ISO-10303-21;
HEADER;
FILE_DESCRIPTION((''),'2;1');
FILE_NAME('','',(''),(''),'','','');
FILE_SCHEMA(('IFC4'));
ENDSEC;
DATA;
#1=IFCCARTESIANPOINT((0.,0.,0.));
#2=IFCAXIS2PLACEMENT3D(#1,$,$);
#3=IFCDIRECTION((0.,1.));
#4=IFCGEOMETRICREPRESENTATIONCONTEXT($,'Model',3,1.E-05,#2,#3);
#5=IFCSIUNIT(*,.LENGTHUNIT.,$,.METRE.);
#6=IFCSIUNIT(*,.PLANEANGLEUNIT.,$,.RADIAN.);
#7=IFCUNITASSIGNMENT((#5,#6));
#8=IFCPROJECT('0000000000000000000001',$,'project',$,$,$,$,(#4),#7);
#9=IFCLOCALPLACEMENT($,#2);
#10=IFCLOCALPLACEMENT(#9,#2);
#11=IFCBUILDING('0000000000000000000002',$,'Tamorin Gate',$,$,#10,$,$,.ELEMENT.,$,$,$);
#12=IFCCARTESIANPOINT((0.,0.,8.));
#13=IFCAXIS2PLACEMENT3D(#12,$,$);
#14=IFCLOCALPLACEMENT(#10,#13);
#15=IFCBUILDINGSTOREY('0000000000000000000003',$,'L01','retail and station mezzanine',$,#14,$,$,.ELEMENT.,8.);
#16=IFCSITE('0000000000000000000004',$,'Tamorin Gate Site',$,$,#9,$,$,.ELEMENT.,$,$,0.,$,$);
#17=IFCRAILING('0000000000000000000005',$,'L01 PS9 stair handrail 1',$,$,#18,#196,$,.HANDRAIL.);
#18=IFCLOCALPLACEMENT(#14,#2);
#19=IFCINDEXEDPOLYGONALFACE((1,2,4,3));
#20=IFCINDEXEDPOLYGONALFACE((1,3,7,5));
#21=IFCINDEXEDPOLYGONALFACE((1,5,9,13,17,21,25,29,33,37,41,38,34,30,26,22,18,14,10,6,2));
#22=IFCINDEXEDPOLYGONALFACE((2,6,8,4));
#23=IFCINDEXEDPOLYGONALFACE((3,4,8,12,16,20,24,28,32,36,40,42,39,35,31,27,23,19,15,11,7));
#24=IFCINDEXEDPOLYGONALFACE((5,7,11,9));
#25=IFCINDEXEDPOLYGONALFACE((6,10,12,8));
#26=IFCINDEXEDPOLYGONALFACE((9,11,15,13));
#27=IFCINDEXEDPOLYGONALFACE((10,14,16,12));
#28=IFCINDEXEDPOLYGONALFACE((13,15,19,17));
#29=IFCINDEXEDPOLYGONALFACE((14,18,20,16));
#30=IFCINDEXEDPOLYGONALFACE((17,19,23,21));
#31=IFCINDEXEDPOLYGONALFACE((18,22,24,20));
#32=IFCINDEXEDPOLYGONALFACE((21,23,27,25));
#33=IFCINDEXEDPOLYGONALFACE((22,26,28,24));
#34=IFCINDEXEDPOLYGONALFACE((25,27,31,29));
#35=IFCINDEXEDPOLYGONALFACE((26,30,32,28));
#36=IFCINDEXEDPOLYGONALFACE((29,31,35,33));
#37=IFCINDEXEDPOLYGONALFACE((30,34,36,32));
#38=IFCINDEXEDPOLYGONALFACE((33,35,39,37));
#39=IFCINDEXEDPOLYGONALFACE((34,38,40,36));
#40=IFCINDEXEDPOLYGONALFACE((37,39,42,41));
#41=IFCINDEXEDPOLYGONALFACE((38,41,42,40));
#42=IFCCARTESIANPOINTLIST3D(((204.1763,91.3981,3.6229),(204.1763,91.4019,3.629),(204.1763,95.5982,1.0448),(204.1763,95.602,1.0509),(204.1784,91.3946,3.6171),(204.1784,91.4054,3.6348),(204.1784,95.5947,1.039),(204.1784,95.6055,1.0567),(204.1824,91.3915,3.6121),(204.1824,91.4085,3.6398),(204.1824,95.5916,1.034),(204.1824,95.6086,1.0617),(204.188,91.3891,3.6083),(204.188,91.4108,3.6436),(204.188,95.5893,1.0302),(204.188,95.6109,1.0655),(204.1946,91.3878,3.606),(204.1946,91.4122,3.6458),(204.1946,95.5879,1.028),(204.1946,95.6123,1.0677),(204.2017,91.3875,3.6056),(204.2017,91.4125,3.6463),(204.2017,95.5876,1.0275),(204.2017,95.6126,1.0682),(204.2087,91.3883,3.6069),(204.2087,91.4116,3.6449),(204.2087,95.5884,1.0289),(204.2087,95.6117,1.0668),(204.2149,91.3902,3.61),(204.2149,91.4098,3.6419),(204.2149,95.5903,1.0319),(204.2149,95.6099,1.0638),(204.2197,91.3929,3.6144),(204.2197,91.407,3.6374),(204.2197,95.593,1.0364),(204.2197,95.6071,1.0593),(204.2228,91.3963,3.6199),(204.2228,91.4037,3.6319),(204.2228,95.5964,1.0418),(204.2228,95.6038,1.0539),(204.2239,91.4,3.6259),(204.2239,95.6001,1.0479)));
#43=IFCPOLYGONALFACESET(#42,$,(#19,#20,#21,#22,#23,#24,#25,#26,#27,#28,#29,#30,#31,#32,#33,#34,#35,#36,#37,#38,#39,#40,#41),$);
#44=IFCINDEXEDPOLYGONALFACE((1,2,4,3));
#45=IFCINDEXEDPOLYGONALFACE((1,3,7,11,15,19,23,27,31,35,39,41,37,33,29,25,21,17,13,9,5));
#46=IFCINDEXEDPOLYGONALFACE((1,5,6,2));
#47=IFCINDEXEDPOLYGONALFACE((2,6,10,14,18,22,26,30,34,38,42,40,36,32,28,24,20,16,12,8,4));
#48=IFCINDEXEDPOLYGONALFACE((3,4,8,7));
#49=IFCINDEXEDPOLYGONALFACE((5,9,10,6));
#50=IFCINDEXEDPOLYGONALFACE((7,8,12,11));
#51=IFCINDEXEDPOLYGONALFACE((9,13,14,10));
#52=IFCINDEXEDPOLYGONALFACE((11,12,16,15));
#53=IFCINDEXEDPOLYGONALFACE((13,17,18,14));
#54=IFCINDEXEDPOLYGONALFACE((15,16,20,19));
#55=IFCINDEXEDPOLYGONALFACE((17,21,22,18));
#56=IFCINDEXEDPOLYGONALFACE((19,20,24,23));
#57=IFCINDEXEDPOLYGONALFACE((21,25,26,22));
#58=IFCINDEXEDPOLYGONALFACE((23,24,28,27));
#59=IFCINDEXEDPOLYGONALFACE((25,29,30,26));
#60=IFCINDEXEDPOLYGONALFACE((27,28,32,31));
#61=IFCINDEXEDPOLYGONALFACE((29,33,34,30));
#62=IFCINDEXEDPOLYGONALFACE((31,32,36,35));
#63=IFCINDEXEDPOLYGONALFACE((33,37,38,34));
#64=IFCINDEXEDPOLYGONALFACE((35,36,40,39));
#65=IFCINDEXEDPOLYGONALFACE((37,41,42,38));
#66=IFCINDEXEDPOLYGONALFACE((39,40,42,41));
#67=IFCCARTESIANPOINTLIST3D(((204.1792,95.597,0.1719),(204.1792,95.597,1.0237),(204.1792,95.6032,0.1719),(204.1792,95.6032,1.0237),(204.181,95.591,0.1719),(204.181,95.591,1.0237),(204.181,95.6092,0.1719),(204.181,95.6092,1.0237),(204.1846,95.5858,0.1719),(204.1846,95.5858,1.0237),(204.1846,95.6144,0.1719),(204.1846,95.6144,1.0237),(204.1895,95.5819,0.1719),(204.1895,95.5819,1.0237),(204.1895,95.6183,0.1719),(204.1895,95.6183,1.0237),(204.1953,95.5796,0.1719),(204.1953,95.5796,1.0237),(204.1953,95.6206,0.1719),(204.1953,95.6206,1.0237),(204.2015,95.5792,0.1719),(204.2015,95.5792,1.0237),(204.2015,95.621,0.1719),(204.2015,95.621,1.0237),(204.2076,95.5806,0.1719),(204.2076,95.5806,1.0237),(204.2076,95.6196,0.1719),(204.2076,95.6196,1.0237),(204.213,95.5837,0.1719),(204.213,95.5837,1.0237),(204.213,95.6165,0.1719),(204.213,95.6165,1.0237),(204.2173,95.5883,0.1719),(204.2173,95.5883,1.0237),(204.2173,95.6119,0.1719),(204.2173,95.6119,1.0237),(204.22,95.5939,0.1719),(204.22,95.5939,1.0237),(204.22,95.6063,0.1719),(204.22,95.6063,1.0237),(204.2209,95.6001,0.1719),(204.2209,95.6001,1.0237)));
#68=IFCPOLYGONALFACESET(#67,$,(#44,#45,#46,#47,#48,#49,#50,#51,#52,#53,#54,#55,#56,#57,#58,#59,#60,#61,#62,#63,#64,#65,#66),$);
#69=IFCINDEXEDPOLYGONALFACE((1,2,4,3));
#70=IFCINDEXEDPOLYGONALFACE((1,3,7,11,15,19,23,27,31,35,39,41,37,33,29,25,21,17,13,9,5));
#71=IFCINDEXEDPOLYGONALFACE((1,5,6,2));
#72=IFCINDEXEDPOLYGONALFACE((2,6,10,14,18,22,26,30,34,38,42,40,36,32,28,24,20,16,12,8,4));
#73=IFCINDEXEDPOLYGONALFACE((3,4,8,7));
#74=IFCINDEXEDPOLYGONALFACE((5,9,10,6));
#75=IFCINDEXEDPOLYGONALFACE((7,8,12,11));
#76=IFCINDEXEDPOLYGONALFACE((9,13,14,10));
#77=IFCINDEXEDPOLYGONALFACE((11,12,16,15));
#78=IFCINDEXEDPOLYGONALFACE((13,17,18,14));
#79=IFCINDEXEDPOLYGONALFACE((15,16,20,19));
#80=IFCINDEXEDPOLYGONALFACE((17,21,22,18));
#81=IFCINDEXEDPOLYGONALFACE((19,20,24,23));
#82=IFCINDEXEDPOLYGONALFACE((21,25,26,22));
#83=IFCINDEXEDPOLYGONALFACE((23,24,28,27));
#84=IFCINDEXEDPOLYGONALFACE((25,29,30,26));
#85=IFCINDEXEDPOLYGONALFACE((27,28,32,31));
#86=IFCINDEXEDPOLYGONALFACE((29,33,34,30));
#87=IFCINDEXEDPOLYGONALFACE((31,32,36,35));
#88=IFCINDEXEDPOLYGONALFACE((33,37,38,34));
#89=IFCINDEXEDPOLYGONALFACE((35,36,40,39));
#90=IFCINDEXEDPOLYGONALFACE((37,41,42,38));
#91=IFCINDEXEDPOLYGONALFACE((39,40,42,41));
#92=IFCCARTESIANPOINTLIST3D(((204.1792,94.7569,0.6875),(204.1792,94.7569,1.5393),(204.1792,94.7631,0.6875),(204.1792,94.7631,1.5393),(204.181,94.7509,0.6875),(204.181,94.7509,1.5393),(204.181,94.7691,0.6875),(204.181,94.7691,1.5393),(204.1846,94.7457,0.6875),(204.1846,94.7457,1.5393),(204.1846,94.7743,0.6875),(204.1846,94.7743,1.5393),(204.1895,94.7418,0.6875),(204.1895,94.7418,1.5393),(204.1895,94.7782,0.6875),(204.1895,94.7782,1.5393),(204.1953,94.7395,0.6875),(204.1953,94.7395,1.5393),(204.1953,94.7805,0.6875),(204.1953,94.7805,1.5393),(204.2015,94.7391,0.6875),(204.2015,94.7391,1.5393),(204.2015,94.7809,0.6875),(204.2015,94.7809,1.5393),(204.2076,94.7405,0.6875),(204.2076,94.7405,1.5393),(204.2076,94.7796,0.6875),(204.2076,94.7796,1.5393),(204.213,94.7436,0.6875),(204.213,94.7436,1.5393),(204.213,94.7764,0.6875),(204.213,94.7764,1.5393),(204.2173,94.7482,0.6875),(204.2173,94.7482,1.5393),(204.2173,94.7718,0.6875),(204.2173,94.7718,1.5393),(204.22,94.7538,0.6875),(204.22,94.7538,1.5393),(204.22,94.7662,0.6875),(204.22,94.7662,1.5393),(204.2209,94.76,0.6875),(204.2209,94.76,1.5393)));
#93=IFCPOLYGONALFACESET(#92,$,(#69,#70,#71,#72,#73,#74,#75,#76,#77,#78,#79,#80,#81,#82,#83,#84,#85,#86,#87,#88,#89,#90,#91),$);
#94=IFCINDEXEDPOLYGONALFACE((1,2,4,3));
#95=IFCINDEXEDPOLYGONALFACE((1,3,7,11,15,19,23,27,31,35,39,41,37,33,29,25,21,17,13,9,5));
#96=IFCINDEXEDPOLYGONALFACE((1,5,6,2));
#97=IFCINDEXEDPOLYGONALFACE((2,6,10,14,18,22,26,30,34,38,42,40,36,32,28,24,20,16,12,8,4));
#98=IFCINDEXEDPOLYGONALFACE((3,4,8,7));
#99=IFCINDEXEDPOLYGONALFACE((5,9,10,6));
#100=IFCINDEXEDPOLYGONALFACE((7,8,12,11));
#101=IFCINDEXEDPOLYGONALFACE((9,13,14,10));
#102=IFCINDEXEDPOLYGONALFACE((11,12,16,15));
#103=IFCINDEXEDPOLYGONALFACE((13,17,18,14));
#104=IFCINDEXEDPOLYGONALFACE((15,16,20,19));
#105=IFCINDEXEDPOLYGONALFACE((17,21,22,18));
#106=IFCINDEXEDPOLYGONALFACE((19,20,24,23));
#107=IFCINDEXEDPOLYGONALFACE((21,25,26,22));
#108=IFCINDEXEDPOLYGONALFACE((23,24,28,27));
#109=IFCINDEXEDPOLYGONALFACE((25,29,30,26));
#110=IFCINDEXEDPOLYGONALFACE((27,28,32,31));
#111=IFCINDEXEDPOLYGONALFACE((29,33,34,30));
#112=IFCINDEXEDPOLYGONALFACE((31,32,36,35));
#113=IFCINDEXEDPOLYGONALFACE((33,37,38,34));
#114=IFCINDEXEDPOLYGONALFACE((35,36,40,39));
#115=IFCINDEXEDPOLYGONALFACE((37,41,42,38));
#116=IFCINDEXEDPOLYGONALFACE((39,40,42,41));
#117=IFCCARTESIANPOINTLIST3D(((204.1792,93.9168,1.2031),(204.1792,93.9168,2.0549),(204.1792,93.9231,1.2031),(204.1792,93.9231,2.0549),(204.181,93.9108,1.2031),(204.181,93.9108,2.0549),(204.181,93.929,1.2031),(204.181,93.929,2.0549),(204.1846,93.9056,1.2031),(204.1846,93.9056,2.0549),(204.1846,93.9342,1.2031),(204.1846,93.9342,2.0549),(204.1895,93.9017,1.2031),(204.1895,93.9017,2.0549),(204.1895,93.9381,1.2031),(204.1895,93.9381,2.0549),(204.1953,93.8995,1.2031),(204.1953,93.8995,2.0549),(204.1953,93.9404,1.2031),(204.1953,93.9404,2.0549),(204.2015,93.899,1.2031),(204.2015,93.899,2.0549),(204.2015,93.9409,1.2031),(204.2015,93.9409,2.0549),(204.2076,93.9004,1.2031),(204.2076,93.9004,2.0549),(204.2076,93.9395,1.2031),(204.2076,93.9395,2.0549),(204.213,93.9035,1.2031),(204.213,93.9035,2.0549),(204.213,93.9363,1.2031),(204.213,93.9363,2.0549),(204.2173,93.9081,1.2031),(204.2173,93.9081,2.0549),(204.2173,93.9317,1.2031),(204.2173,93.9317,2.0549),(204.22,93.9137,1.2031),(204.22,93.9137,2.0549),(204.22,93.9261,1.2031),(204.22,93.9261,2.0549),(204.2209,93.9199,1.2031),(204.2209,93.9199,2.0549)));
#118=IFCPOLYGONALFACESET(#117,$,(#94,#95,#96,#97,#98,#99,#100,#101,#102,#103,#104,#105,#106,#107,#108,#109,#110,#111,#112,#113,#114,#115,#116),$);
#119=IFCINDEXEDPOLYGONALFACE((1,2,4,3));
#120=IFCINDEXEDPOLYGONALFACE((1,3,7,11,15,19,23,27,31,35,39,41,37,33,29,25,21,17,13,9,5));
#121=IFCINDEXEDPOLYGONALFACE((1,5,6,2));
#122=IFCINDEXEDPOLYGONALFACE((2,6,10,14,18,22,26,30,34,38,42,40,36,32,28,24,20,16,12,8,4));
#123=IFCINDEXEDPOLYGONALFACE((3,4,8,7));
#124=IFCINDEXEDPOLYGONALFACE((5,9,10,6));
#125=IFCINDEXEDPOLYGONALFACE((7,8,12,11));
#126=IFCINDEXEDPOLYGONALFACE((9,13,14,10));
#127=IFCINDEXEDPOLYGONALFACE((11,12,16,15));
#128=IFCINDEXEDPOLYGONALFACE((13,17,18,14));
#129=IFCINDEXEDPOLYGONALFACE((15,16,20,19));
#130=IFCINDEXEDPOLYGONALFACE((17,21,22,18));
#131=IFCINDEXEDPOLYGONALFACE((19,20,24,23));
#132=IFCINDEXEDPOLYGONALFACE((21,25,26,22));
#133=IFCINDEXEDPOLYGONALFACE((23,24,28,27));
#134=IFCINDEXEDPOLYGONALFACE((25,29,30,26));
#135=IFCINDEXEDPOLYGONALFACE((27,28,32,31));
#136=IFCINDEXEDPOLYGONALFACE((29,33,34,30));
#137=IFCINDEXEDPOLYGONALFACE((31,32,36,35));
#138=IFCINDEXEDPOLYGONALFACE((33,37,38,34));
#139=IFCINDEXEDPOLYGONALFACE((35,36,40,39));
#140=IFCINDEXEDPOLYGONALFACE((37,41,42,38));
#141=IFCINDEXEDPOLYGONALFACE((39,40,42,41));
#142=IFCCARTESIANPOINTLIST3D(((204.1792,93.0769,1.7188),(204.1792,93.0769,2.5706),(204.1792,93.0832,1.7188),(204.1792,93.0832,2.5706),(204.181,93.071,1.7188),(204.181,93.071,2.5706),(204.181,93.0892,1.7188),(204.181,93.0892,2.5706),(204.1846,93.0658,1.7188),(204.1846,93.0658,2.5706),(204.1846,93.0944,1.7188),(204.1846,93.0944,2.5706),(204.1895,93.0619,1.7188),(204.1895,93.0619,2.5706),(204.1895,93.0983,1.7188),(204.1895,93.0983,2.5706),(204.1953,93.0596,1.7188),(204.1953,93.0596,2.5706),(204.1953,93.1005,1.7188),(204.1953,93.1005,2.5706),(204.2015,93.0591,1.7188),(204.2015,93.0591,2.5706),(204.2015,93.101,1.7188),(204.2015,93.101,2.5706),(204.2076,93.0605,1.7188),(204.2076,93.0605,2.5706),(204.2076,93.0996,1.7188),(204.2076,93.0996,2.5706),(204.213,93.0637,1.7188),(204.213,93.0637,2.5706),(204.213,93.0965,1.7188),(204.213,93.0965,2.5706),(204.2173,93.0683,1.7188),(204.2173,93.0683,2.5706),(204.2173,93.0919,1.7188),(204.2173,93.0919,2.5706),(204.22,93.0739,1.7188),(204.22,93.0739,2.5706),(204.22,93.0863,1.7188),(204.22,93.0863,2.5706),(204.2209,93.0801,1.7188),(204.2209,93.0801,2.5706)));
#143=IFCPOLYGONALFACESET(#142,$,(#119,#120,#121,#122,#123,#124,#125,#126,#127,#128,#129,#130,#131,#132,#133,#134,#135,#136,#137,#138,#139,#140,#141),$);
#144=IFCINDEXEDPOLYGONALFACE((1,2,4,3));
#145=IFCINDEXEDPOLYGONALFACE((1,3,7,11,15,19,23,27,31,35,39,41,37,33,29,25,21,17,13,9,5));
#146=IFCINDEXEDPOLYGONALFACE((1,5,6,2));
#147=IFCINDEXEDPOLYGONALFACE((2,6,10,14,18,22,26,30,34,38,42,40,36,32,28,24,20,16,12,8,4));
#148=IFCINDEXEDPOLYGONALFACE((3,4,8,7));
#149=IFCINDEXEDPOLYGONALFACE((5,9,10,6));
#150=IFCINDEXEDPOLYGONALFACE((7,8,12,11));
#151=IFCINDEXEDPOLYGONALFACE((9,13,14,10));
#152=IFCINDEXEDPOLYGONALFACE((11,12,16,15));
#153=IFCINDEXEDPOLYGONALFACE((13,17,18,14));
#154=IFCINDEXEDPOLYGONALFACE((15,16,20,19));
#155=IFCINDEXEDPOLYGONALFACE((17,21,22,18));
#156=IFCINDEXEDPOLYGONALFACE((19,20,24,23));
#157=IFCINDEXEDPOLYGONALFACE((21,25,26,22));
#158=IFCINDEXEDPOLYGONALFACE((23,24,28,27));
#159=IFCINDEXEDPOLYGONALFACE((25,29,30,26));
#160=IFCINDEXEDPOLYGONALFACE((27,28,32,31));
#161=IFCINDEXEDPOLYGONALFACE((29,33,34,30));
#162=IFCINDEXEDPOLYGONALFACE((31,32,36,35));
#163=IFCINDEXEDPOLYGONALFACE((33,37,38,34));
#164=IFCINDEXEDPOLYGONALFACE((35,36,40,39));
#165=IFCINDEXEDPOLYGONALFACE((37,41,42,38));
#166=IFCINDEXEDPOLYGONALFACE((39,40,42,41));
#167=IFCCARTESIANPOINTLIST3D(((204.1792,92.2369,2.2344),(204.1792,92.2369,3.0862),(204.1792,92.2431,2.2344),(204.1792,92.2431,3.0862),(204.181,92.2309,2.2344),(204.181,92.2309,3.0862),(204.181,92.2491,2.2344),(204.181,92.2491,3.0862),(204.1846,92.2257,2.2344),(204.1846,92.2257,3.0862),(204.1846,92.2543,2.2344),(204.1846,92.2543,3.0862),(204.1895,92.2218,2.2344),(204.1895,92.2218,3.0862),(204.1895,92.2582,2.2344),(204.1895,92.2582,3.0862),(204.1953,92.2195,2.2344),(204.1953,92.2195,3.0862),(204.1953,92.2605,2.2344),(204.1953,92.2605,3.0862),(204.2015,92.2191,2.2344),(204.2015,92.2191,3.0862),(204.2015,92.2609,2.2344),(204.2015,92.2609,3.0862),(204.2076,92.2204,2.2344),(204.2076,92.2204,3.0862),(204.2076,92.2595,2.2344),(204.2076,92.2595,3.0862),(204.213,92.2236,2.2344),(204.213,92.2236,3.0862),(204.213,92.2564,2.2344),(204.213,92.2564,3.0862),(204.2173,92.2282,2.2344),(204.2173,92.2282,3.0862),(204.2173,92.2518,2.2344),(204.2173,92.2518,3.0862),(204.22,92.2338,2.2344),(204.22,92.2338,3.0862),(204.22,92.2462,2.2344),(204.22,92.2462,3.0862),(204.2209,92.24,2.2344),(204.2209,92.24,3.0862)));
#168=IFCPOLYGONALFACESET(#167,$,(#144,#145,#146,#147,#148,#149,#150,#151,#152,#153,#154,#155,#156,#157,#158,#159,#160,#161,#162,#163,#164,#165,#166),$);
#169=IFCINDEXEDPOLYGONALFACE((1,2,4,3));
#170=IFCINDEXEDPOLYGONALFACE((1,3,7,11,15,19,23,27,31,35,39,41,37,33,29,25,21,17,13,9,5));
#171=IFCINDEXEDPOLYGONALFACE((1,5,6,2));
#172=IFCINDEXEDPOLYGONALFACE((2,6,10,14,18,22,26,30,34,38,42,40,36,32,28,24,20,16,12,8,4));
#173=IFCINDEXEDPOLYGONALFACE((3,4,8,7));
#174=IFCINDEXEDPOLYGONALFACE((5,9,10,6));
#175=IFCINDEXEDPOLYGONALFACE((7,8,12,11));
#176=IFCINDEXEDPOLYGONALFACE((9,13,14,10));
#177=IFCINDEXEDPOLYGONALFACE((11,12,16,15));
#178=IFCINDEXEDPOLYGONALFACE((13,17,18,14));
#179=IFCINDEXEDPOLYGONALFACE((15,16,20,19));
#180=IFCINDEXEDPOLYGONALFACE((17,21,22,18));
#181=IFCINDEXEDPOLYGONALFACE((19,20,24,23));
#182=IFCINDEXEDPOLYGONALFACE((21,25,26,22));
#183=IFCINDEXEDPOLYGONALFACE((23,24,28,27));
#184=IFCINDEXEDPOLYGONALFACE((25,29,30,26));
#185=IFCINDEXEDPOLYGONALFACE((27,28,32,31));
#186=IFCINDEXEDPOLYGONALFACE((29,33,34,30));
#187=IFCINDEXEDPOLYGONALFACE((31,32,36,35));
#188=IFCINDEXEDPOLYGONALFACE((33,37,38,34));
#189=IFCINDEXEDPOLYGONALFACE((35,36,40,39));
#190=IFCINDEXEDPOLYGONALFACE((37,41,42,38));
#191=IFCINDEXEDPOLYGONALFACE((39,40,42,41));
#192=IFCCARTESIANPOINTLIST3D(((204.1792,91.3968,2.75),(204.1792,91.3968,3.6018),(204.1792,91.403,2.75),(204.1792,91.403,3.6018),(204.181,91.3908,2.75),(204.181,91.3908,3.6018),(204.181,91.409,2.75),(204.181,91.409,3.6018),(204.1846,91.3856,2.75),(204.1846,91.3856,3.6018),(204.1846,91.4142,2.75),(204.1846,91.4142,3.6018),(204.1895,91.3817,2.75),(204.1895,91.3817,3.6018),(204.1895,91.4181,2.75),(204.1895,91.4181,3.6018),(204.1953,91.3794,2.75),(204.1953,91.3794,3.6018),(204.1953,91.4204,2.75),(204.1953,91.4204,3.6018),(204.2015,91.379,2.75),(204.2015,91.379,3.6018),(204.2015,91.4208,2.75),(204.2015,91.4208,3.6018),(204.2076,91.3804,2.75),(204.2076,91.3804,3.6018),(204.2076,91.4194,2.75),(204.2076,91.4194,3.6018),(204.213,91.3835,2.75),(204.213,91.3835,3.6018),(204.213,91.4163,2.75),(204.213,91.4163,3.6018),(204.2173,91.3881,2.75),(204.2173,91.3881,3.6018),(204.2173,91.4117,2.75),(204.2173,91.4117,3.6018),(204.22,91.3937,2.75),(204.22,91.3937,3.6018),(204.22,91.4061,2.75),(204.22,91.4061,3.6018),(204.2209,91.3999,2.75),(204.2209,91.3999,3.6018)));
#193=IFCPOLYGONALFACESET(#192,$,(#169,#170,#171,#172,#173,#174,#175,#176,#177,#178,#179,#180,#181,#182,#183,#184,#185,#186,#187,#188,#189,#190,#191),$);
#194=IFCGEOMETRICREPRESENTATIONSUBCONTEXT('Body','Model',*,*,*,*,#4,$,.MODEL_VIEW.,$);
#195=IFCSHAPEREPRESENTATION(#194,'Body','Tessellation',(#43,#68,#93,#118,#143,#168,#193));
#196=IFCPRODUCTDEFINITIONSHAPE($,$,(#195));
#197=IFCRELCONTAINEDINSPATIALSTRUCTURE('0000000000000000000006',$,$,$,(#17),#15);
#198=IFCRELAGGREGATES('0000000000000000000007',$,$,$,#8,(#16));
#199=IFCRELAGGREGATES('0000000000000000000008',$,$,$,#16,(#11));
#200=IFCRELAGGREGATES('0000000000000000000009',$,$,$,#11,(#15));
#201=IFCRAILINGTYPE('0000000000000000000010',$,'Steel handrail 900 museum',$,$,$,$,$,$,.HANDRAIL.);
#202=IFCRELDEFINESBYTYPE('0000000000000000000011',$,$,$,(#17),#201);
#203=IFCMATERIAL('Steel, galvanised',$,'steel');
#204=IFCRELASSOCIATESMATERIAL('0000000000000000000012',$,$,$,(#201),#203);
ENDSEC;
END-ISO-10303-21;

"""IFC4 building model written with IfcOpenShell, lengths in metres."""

from ifc_helpers import new_model, si_unit, direction, frame, origin, origin_2d, place, context, subcontext, project, spatial, circle, extrude, material, type_object, element, save


model = new_model("IFC4")

# Units and contexts
model_context = context("Model", 3, precision=1e-05, world=origin(), true_north=direction((0.0, 1.0)))
body_context = subcontext(model_context, "Body", "Model", "MODEL_VIEW")
ifc_project = project(units=[si_unit("LENGTHUNIT", "METRE"), si_unit("PLANEANGLEUNIT", "RADIAN")], contexts=[model_context])

# Site, building, storey
site_placement = place(None, origin())
site = spatial("IfcSite", under=ifc_project, at=site_placement, Name="Tamorin Gate Site", CompositionType="ELEMENT", RefElevation=0.0)
building_placement = place(site_placement, origin())
building = spatial("IfcBuilding", under=site, at=building_placement, Name="Tamorin Gate", CompositionType="ELEMENT")
storey_placement = place(building_placement, frame((0.0, 0.0, 8.0)))
storey = spatial("IfcBuildingStorey", under=building, at=storey_placement, Name="L01", Description="retail and station mezzanine", CompositionType="ELEMENT", Elevation=8.0)

# Railing
ifc_material_1 = material(Name="Steel, galvanised", Category="steel")
railing_type_1 = type_object("IfcRailingType", Name="Steel handrail 900 museum", PredefinedType="HANDRAIL", material=ifc_material_1)
railing_1_placement = place(storey_placement, frame((204.2, 95.6001, 0.1719)))
element("IfcRailing", 1, at=railing_1_placement, inside=storey, type_object=railing_type_1, Name="L01 PS9 stair handrail 1", PredefinedType="HANDRAIL", context=body_context, shape_type="SweptSolid", body=[
    extrude(circle(Radius=0.0239, at=origin_2d()), frame((0.0, 0.0, 0.876), z_axis=(0.0, -0.852256, 0.523124), x_axis=(1.0, 0.0, 0.0)), (0.0, 0.0, 1.0), 4.9282),
    extrude(circle(Radius=0.021, at=origin_2d()), origin(), (0.0, 0.0, 1.0), 0.8518),
    extrude(circle(Radius=0.021, at=origin_2d()), frame((0.0, -0.8401, 0.5156)), (0.0, 0.0, 1.0), 0.8518),
    extrude(circle(Radius=0.021, at=origin_2d()), frame((0.0, -1.6802, 1.0312)), (0.0, 0.0, 1.0), 0.8518),
    extrude(circle(Radius=0.021, at=origin_2d()), frame((0.0, -2.52, 1.5469)), (0.0, 0.0, 1.0), 0.8518),
    extrude(circle(Radius=0.021, at=origin_2d()), frame((0.0, -3.3601, 2.0625)), (0.0, 0.0, 1.0), 0.8518),
    extrude(circle(Radius=0.021, at=origin_2d()), frame((0.0, -4.2002, 2.5781)), (0.0, 0.0, 1.0), 0.8518),
])

save(model, "model.ifc")
